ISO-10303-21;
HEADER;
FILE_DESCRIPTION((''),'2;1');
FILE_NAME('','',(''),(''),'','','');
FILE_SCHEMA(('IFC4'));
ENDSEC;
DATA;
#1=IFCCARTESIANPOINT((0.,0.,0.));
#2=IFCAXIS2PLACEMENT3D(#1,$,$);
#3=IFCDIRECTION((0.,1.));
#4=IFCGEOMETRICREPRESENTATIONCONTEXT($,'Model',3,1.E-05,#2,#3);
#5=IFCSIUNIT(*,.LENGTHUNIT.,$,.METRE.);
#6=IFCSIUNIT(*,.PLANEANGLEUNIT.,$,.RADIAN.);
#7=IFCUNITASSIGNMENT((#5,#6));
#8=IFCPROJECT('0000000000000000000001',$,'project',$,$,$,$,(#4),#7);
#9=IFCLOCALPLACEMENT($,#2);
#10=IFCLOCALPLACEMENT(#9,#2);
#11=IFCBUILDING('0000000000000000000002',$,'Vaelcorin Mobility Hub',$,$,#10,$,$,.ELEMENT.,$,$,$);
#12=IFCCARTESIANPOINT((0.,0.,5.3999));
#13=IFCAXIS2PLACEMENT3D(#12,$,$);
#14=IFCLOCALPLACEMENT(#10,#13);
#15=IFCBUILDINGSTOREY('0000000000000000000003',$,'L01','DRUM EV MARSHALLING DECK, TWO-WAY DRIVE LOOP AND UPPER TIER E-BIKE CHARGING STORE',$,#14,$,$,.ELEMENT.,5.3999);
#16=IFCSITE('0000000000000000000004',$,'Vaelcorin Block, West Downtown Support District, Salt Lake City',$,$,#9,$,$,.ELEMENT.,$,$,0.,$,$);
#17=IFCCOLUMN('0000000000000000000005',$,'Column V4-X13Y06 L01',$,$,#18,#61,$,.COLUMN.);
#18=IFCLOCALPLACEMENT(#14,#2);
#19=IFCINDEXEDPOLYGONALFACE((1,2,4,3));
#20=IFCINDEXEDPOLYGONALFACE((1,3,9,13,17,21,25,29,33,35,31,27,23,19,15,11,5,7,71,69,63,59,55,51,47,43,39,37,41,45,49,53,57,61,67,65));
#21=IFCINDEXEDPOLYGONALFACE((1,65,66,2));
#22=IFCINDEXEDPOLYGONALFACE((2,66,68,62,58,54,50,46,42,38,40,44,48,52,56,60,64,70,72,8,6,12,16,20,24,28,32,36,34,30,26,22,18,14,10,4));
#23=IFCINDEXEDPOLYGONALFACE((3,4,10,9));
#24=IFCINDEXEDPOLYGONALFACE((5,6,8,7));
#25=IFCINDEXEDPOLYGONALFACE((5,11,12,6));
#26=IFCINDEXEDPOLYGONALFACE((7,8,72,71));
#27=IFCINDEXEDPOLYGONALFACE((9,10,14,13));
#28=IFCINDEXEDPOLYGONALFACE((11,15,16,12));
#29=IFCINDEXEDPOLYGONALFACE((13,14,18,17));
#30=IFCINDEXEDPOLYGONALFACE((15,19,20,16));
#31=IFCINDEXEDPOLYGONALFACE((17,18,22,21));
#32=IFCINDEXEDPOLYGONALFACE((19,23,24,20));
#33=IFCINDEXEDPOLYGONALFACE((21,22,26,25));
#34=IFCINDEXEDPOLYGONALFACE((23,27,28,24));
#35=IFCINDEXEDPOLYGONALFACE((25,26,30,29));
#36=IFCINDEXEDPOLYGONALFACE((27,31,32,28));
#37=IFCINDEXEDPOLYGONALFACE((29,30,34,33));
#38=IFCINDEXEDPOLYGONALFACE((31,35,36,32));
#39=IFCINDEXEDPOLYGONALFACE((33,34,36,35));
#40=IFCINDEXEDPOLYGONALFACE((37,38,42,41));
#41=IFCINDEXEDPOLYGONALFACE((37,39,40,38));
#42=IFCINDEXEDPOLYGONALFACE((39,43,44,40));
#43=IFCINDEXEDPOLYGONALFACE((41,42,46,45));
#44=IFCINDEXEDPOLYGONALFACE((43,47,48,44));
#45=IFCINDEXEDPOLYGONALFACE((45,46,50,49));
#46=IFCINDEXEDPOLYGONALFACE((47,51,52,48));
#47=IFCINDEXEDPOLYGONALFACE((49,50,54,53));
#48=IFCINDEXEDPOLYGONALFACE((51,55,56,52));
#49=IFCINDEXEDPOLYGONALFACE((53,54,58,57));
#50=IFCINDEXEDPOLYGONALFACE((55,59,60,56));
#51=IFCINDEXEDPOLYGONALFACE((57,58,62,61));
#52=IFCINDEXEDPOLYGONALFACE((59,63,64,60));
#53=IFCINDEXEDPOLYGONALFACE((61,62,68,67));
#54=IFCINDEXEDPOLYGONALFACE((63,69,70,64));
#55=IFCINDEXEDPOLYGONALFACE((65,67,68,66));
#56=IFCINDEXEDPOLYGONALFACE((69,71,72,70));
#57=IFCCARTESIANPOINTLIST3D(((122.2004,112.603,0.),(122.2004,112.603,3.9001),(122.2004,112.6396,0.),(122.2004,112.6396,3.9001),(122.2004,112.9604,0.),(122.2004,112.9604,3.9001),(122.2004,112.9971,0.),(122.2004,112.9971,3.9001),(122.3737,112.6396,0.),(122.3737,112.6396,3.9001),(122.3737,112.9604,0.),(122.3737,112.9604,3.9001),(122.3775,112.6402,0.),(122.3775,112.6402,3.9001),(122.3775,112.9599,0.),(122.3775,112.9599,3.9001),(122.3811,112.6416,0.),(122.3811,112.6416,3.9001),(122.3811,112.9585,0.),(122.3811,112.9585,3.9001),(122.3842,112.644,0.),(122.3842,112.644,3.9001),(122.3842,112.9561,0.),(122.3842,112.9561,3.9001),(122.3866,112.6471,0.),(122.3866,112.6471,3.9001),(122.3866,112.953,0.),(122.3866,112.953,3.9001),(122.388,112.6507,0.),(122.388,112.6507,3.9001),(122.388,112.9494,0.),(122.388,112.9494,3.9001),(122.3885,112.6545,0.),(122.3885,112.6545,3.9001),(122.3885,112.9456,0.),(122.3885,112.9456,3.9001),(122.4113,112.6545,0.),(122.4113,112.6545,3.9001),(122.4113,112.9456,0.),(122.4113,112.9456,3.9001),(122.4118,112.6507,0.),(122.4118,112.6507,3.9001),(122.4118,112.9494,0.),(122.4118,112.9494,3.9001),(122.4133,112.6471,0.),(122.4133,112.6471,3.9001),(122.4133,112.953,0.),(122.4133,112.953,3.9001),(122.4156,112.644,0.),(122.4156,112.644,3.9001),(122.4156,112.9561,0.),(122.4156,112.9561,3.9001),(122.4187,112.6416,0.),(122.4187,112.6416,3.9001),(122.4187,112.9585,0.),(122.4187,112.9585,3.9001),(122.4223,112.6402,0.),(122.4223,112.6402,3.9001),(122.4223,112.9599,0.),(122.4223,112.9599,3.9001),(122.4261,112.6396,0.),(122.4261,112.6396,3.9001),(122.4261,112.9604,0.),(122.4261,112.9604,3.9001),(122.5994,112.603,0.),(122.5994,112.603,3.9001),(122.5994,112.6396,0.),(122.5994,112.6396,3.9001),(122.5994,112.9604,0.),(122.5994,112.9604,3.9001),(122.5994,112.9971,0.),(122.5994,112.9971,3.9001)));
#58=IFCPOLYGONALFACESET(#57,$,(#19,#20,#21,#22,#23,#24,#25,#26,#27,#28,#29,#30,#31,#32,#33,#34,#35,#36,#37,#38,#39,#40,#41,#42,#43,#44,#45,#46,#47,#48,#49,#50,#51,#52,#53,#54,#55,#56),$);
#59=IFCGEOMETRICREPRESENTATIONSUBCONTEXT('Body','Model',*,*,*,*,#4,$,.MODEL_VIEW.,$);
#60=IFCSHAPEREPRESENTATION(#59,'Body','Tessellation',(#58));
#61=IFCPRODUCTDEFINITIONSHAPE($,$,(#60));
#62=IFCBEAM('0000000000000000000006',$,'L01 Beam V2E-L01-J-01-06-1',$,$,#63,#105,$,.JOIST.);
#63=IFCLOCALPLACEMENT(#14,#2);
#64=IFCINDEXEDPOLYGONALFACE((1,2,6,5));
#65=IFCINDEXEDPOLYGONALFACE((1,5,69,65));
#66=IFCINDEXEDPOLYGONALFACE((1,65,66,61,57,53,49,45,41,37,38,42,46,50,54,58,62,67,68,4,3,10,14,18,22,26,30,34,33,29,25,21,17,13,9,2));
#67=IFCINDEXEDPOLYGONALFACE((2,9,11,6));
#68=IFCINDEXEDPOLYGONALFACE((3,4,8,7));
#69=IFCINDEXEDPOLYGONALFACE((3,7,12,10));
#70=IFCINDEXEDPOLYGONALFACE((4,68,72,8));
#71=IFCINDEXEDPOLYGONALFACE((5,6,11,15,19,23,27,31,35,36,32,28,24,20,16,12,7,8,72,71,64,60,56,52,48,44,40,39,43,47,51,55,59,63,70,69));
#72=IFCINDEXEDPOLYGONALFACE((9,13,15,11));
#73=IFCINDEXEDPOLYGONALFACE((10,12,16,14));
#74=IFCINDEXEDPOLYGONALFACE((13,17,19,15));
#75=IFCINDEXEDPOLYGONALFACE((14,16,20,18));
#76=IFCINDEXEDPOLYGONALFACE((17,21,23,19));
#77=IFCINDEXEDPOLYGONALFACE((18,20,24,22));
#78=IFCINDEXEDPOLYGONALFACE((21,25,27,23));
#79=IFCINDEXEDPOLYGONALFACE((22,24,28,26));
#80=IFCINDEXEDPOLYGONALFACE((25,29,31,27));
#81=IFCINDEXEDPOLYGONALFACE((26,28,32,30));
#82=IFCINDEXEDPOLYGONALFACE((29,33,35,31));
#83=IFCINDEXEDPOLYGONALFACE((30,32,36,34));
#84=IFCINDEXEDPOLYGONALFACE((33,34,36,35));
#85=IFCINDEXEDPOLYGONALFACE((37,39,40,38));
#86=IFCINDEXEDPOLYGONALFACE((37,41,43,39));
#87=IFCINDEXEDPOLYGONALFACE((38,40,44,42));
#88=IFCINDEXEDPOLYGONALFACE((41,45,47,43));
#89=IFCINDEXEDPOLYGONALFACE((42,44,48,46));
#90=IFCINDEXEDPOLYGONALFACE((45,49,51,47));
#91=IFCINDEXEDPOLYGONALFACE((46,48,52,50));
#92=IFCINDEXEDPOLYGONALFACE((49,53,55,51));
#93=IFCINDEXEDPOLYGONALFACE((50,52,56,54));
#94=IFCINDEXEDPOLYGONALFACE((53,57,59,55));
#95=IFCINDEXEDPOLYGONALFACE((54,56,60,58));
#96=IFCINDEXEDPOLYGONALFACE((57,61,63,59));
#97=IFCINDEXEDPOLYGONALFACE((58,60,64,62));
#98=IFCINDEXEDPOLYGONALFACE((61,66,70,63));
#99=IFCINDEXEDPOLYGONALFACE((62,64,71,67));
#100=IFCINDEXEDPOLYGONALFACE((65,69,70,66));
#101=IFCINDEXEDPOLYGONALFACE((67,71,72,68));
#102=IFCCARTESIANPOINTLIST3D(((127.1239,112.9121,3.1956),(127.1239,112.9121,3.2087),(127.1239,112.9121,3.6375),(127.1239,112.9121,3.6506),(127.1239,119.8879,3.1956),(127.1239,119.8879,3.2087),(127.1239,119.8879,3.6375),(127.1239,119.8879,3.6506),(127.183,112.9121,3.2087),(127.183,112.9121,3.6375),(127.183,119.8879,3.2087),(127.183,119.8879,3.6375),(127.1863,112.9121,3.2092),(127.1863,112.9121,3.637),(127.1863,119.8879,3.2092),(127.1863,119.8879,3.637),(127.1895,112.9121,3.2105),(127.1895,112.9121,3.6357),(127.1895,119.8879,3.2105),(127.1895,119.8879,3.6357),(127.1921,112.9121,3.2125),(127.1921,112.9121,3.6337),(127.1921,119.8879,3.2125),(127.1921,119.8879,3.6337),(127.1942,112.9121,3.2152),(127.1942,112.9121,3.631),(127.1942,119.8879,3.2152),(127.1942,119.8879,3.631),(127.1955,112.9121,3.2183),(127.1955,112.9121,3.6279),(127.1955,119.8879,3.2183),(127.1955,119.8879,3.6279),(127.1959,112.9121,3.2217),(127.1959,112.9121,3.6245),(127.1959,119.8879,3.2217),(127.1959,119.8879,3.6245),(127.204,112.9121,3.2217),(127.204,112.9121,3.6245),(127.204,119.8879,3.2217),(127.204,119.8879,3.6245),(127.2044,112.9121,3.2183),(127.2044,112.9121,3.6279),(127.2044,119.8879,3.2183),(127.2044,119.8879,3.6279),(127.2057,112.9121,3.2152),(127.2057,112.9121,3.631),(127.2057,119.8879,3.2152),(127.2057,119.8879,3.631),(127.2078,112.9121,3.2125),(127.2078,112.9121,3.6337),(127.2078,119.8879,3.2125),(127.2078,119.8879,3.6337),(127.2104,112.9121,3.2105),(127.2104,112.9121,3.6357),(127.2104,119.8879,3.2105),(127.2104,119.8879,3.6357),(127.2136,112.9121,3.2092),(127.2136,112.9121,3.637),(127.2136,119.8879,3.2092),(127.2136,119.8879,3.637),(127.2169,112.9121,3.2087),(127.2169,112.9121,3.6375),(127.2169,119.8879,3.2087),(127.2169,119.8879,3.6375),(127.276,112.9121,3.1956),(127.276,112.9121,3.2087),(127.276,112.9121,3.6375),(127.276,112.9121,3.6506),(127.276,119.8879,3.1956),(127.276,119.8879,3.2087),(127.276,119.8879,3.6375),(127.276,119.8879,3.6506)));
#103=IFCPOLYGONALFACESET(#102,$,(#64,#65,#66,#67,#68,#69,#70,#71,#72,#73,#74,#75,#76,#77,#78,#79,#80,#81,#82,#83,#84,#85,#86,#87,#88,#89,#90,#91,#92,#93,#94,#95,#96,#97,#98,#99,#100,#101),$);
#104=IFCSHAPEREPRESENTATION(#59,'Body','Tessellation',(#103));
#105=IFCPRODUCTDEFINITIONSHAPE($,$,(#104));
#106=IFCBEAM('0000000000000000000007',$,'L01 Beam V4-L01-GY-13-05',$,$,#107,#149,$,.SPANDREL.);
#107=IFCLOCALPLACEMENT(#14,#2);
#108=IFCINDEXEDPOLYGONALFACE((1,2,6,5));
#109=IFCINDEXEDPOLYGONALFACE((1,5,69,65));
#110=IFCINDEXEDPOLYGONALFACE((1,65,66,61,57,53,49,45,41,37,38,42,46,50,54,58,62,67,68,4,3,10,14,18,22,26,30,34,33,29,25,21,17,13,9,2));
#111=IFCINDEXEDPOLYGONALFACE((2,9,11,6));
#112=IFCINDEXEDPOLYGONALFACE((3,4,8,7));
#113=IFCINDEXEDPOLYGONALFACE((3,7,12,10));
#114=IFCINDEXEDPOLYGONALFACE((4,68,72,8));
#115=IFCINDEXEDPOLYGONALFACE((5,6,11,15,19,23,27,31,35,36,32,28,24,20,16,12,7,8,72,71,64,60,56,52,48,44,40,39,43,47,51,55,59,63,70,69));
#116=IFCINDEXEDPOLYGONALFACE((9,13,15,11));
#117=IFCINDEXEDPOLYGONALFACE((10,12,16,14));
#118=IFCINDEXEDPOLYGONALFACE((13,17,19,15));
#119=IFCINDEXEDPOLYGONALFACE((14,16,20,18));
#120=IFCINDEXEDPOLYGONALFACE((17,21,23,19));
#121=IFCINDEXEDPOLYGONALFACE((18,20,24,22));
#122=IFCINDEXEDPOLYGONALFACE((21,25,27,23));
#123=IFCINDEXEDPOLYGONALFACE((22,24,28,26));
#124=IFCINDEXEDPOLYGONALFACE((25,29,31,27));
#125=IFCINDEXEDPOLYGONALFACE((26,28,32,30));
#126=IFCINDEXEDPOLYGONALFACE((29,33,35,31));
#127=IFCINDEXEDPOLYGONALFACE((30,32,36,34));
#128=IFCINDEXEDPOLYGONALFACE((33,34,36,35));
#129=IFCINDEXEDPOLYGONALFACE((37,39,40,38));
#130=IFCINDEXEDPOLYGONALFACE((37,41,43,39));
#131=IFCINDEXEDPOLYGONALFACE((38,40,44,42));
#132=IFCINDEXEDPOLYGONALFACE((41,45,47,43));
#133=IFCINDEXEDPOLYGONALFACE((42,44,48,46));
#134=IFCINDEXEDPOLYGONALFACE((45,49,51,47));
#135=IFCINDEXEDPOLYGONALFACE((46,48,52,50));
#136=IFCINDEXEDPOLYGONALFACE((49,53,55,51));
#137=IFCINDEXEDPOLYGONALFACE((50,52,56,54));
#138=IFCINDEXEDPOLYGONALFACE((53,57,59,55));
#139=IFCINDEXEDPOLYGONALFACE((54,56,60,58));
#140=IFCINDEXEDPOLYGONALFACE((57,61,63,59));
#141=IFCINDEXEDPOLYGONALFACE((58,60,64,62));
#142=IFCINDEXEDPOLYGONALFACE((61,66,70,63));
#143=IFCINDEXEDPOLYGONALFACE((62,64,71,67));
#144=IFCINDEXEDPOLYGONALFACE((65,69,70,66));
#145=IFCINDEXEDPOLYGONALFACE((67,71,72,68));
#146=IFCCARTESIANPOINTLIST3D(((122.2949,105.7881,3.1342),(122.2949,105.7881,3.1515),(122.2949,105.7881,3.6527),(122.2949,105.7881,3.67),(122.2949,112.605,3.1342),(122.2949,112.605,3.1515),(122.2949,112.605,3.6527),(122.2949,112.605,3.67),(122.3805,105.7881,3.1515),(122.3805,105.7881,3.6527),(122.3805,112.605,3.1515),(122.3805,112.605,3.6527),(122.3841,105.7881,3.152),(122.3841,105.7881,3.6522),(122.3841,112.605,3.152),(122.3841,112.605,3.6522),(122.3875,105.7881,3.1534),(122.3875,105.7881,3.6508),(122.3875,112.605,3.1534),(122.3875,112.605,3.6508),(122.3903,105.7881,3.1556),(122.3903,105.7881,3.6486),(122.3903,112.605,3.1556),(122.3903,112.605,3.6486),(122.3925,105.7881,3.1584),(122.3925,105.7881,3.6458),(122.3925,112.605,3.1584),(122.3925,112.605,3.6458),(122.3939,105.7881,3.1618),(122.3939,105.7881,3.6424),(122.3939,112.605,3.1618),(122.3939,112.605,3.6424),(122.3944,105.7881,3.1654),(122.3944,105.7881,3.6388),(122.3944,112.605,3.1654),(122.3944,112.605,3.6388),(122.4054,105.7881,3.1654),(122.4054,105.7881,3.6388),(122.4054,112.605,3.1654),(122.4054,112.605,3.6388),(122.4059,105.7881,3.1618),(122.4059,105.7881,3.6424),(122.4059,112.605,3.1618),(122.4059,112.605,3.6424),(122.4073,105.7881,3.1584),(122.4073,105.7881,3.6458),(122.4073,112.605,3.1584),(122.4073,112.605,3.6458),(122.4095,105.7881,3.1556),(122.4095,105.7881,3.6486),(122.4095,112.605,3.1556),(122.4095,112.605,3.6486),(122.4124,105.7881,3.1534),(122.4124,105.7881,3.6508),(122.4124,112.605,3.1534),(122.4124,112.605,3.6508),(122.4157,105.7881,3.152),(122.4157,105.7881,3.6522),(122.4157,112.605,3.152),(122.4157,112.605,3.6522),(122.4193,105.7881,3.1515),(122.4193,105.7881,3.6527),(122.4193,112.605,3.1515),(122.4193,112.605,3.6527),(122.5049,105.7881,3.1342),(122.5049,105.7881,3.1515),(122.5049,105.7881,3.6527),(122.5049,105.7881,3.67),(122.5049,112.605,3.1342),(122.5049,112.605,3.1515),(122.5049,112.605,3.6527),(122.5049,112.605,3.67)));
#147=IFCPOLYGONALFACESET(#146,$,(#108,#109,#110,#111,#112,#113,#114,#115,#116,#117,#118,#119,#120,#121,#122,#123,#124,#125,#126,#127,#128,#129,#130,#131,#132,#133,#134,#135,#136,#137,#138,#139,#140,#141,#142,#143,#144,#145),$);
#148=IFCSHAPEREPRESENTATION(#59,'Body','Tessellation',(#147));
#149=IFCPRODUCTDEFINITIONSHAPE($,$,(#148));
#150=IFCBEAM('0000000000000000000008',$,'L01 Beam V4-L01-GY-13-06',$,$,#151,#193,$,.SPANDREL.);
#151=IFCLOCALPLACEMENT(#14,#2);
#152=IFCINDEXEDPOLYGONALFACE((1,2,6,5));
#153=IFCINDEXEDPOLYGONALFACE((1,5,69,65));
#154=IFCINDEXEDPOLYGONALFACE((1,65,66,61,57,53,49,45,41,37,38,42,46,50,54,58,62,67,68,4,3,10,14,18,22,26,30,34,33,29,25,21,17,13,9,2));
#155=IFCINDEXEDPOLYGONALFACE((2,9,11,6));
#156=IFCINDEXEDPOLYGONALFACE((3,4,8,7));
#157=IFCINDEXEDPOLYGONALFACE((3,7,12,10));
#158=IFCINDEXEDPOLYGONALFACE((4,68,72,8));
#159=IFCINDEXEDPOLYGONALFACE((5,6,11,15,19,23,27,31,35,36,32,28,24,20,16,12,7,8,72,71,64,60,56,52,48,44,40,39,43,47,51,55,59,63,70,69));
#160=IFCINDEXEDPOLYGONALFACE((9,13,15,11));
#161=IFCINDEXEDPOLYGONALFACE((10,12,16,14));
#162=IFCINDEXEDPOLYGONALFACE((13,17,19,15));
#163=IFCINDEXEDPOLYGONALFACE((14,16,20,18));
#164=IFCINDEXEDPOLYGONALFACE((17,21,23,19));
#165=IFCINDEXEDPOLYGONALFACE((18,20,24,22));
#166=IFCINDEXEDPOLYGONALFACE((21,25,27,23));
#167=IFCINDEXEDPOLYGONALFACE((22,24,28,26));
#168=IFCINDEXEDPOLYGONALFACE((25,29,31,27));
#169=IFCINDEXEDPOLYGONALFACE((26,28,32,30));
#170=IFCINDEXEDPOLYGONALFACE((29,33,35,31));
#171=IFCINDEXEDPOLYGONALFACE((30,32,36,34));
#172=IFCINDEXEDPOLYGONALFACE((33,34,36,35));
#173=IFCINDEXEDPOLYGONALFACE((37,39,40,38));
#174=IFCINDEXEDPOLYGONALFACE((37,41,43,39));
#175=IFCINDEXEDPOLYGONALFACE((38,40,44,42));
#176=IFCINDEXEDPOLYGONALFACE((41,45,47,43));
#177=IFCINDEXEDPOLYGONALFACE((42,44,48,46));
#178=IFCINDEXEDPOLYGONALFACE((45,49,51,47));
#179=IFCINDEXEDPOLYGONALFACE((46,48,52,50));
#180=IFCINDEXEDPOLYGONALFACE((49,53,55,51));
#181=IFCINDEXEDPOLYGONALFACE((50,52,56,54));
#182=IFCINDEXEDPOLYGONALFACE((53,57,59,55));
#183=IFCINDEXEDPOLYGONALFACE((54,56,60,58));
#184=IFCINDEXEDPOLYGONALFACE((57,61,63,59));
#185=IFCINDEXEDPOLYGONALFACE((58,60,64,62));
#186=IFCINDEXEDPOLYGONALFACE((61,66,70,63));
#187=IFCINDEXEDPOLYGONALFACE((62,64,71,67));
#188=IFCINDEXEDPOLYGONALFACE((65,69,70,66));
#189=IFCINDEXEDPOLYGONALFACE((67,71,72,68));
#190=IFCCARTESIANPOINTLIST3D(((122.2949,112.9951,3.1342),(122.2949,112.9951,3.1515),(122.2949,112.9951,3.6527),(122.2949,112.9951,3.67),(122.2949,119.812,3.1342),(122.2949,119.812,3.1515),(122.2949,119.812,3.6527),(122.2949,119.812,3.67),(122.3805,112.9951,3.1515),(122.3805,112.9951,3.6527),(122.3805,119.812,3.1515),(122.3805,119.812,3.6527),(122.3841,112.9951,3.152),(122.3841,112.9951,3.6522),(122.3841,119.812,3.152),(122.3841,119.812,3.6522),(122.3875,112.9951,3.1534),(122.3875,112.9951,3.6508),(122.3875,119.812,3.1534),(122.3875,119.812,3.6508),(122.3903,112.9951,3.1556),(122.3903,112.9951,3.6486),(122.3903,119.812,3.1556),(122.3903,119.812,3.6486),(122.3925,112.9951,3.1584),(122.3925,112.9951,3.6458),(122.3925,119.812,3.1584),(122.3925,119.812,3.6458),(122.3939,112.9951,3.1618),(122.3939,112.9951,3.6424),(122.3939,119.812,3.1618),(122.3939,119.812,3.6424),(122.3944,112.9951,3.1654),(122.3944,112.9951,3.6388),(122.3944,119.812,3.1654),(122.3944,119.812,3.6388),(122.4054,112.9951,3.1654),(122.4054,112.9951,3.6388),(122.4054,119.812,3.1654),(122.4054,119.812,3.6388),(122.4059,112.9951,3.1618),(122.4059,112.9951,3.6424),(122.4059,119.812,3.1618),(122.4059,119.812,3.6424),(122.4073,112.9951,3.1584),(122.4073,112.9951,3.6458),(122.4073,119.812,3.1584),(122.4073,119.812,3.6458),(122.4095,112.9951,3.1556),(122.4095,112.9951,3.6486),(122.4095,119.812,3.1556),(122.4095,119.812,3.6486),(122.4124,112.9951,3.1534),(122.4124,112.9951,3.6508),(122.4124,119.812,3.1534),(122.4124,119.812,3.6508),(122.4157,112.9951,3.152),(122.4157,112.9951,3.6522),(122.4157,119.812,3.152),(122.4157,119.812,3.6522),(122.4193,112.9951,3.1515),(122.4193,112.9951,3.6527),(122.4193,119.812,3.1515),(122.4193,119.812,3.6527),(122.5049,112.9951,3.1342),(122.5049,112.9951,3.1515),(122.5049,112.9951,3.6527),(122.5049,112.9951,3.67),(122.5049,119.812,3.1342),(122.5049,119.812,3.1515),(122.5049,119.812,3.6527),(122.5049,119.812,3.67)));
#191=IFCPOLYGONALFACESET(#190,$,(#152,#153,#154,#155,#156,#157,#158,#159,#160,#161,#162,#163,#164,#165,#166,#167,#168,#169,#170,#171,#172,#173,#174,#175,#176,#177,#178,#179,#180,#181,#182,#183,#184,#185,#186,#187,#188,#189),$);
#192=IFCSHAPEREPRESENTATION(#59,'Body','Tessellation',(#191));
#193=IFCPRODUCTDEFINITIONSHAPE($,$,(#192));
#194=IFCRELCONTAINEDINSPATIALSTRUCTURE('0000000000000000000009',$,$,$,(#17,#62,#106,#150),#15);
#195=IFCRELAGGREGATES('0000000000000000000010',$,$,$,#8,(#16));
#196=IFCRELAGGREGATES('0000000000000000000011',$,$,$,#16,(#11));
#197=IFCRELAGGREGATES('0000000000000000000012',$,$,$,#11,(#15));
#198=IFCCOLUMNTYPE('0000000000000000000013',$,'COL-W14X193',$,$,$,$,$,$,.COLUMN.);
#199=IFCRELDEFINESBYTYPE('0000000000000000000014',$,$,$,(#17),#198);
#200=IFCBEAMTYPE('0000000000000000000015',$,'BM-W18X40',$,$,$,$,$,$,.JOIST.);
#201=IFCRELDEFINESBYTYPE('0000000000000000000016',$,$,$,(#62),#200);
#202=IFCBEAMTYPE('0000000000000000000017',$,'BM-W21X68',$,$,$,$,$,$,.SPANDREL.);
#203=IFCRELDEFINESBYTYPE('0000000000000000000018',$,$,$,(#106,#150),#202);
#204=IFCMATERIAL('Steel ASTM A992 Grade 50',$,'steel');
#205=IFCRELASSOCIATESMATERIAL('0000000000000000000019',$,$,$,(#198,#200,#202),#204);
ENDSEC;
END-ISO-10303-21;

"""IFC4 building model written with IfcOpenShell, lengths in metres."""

from ifc_helpers import new_model, si_unit, direction, frame, origin, origin_2d, place, context, subcontext, project, spatial, i_section, extrude, material, material_profile, profile_set, type_object, element, save


model = new_model("IFC4")

# Units and contexts
model_context = context("Model", 3, precision=1e-05, world=origin(), true_north=direction((0.0, 1.0)))
body_context = subcontext(model_context, "Body", "Model", "MODEL_VIEW")
ifc_project = project(units=[si_unit("LENGTHUNIT", "METRE"), si_unit("PLANEANGLEUNIT", "RADIAN")], contexts=[model_context])

# Site, building, storey
site_placement = place(None, origin())
site = spatial("IfcSite", under=ifc_project, at=site_placement, Name="Vaelcorin Block, West Downtown Support District, Salt Lake City", CompositionType="ELEMENT", RefElevation=0.0)
building_placement = place(site_placement, origin())
building = spatial("IfcBuilding", under=site, at=building_placement, Name="Vaelcorin Mobility Hub", CompositionType="ELEMENT")
storey_placement = place(building_placement, frame((0.0, 0.0, 5.3999)))
storey = spatial("IfcBuildingStorey", under=building, at=storey_placement, Name="L01", Description="DRUM EV MARSHALLING DECK, TWO-WAY DRIVE LOOP AND UPPER TIER E-BIKE CHARGING STORE", CompositionType="ELEMENT", Elevation=5.3999)

# Column
ifc_material_1 = material(Name="Steel ASTM A992 Grade 50", Category="steel")
ifc_material_profile_1 = material_profile(ifc_material_1, i_section(OverallWidth=0.3989, OverallDepth=0.394, WebThickness=0.0227, FlangeThickness=0.0366, FilletRadius=0.0149, at=origin_2d()), Name="W14X193")
ifc_profile_set_1 = profile_set([ifc_material_profile_1], Name="Steel ASTM A992 Grade 50")
column_type_1 = type_object("IfcColumnType", Name="COL-W14X193", PredefinedType="COLUMN", material=ifc_profile_set_1)
column_1_placement = place(storey_placement, frame((122.3999, 112.8, 0.0), z_axis=(0.0, 0.0, 1.0), x_axis=(1.0, 0.0, 0.0)))
element("IfcColumn", 1, at=column_1_placement, inside=storey, type_object=column_type_1, Name="Column V4-X13Y06 L01", PredefinedType="COLUMN", context=body_context, shape_type="SweptSolid", body=[
    extrude(i_section(OverallWidth=0.3989, OverallDepth=0.394, WebThickness=0.0227, FlangeThickness=0.0366, FilletRadius=0.0149, at=origin_2d()), origin(), (0.0, 0.0, 1.0), 3.9001),
])

# Beams
ifc_material_profile_2 = material_profile(ifc_material_1, i_section(OverallWidth=0.1521, OverallDepth=0.4551, WebThickness=0.0081, FlangeThickness=0.0132, FilletRadius=0.0129, at=origin_2d()), Name="W18X40")
ifc_profile_set_2 = profile_set([ifc_material_profile_2], Name="Steel ASTM A992 Grade 50")
beam_type_1 = type_object("IfcBeamType", Name="BM-W18X40", PredefinedType="JOIST", material=ifc_profile_set_2)
beam_1_placement = place(storey_placement, frame((127.2, 112.9121, 3.4231), z_axis=(0.0, 1.0, 0.0), x_axis=(-1.0, 0.0, 0.0)))
element("IfcBeam", 2, at=beam_1_placement, inside=storey, type_object=beam_type_1, Name="L01 Beam V2E-L01-J-01-06-1", PredefinedType="JOIST", context=body_context, shape_type="SweptSolid", body=[
    extrude(i_section(OverallWidth=0.1521, OverallDepth=0.4551, WebThickness=0.0081, FlangeThickness=0.0132, FilletRadius=0.0129, at=origin_2d()), origin(), (0.0, 0.0, 1.0), 6.9758),
])
ifc_material_profile_3 = material_profile(ifc_material_1, i_section(OverallWidth=0.21, OverallDepth=0.5359, WebThickness=0.011, FlangeThickness=0.0173, FilletRadius=0.0139, at=origin_2d()), Name="W21X68")
ifc_profile_set_3 = profile_set([ifc_material_profile_3], Name="Steel ASTM A992 Grade 50")
beam_type_2 = type_object("IfcBeamType", Name="BM-W21X68", PredefinedType="SPANDREL", material=ifc_profile_set_3)
for number, where, z_axis, x_axis, name in (
    (3, (122.3999, 105.7881, 3.4021), (0.0, 1.0, 0.0), (-1.0, 0.0, 0.0), "L01 Beam V4-L01-GY-13-05"),
    (4, (122.3999, 112.9951, 3.4021), (0.0, 1.0, 0.0), (-1.0, 0.0, 0.0), "L01 Beam V4-L01-GY-13-06"),
):
    element("IfcBeam", number, at=place(storey_placement, frame(where, z_axis=z_axis, x_axis=x_axis)), inside=storey, type_object=beam_type_2, Name=name, PredefinedType="SPANDREL", context=body_context, shape_type="SweptSolid", body=[
        extrude(i_section(OverallWidth=0.21, OverallDepth=0.5359, WebThickness=0.011, FlangeThickness=0.0173, FilletRadius=0.0139, at=origin_2d()), origin(), (0.0, 0.0, 1.0), 6.8169),
    ])

save(model, "model.ifc")
